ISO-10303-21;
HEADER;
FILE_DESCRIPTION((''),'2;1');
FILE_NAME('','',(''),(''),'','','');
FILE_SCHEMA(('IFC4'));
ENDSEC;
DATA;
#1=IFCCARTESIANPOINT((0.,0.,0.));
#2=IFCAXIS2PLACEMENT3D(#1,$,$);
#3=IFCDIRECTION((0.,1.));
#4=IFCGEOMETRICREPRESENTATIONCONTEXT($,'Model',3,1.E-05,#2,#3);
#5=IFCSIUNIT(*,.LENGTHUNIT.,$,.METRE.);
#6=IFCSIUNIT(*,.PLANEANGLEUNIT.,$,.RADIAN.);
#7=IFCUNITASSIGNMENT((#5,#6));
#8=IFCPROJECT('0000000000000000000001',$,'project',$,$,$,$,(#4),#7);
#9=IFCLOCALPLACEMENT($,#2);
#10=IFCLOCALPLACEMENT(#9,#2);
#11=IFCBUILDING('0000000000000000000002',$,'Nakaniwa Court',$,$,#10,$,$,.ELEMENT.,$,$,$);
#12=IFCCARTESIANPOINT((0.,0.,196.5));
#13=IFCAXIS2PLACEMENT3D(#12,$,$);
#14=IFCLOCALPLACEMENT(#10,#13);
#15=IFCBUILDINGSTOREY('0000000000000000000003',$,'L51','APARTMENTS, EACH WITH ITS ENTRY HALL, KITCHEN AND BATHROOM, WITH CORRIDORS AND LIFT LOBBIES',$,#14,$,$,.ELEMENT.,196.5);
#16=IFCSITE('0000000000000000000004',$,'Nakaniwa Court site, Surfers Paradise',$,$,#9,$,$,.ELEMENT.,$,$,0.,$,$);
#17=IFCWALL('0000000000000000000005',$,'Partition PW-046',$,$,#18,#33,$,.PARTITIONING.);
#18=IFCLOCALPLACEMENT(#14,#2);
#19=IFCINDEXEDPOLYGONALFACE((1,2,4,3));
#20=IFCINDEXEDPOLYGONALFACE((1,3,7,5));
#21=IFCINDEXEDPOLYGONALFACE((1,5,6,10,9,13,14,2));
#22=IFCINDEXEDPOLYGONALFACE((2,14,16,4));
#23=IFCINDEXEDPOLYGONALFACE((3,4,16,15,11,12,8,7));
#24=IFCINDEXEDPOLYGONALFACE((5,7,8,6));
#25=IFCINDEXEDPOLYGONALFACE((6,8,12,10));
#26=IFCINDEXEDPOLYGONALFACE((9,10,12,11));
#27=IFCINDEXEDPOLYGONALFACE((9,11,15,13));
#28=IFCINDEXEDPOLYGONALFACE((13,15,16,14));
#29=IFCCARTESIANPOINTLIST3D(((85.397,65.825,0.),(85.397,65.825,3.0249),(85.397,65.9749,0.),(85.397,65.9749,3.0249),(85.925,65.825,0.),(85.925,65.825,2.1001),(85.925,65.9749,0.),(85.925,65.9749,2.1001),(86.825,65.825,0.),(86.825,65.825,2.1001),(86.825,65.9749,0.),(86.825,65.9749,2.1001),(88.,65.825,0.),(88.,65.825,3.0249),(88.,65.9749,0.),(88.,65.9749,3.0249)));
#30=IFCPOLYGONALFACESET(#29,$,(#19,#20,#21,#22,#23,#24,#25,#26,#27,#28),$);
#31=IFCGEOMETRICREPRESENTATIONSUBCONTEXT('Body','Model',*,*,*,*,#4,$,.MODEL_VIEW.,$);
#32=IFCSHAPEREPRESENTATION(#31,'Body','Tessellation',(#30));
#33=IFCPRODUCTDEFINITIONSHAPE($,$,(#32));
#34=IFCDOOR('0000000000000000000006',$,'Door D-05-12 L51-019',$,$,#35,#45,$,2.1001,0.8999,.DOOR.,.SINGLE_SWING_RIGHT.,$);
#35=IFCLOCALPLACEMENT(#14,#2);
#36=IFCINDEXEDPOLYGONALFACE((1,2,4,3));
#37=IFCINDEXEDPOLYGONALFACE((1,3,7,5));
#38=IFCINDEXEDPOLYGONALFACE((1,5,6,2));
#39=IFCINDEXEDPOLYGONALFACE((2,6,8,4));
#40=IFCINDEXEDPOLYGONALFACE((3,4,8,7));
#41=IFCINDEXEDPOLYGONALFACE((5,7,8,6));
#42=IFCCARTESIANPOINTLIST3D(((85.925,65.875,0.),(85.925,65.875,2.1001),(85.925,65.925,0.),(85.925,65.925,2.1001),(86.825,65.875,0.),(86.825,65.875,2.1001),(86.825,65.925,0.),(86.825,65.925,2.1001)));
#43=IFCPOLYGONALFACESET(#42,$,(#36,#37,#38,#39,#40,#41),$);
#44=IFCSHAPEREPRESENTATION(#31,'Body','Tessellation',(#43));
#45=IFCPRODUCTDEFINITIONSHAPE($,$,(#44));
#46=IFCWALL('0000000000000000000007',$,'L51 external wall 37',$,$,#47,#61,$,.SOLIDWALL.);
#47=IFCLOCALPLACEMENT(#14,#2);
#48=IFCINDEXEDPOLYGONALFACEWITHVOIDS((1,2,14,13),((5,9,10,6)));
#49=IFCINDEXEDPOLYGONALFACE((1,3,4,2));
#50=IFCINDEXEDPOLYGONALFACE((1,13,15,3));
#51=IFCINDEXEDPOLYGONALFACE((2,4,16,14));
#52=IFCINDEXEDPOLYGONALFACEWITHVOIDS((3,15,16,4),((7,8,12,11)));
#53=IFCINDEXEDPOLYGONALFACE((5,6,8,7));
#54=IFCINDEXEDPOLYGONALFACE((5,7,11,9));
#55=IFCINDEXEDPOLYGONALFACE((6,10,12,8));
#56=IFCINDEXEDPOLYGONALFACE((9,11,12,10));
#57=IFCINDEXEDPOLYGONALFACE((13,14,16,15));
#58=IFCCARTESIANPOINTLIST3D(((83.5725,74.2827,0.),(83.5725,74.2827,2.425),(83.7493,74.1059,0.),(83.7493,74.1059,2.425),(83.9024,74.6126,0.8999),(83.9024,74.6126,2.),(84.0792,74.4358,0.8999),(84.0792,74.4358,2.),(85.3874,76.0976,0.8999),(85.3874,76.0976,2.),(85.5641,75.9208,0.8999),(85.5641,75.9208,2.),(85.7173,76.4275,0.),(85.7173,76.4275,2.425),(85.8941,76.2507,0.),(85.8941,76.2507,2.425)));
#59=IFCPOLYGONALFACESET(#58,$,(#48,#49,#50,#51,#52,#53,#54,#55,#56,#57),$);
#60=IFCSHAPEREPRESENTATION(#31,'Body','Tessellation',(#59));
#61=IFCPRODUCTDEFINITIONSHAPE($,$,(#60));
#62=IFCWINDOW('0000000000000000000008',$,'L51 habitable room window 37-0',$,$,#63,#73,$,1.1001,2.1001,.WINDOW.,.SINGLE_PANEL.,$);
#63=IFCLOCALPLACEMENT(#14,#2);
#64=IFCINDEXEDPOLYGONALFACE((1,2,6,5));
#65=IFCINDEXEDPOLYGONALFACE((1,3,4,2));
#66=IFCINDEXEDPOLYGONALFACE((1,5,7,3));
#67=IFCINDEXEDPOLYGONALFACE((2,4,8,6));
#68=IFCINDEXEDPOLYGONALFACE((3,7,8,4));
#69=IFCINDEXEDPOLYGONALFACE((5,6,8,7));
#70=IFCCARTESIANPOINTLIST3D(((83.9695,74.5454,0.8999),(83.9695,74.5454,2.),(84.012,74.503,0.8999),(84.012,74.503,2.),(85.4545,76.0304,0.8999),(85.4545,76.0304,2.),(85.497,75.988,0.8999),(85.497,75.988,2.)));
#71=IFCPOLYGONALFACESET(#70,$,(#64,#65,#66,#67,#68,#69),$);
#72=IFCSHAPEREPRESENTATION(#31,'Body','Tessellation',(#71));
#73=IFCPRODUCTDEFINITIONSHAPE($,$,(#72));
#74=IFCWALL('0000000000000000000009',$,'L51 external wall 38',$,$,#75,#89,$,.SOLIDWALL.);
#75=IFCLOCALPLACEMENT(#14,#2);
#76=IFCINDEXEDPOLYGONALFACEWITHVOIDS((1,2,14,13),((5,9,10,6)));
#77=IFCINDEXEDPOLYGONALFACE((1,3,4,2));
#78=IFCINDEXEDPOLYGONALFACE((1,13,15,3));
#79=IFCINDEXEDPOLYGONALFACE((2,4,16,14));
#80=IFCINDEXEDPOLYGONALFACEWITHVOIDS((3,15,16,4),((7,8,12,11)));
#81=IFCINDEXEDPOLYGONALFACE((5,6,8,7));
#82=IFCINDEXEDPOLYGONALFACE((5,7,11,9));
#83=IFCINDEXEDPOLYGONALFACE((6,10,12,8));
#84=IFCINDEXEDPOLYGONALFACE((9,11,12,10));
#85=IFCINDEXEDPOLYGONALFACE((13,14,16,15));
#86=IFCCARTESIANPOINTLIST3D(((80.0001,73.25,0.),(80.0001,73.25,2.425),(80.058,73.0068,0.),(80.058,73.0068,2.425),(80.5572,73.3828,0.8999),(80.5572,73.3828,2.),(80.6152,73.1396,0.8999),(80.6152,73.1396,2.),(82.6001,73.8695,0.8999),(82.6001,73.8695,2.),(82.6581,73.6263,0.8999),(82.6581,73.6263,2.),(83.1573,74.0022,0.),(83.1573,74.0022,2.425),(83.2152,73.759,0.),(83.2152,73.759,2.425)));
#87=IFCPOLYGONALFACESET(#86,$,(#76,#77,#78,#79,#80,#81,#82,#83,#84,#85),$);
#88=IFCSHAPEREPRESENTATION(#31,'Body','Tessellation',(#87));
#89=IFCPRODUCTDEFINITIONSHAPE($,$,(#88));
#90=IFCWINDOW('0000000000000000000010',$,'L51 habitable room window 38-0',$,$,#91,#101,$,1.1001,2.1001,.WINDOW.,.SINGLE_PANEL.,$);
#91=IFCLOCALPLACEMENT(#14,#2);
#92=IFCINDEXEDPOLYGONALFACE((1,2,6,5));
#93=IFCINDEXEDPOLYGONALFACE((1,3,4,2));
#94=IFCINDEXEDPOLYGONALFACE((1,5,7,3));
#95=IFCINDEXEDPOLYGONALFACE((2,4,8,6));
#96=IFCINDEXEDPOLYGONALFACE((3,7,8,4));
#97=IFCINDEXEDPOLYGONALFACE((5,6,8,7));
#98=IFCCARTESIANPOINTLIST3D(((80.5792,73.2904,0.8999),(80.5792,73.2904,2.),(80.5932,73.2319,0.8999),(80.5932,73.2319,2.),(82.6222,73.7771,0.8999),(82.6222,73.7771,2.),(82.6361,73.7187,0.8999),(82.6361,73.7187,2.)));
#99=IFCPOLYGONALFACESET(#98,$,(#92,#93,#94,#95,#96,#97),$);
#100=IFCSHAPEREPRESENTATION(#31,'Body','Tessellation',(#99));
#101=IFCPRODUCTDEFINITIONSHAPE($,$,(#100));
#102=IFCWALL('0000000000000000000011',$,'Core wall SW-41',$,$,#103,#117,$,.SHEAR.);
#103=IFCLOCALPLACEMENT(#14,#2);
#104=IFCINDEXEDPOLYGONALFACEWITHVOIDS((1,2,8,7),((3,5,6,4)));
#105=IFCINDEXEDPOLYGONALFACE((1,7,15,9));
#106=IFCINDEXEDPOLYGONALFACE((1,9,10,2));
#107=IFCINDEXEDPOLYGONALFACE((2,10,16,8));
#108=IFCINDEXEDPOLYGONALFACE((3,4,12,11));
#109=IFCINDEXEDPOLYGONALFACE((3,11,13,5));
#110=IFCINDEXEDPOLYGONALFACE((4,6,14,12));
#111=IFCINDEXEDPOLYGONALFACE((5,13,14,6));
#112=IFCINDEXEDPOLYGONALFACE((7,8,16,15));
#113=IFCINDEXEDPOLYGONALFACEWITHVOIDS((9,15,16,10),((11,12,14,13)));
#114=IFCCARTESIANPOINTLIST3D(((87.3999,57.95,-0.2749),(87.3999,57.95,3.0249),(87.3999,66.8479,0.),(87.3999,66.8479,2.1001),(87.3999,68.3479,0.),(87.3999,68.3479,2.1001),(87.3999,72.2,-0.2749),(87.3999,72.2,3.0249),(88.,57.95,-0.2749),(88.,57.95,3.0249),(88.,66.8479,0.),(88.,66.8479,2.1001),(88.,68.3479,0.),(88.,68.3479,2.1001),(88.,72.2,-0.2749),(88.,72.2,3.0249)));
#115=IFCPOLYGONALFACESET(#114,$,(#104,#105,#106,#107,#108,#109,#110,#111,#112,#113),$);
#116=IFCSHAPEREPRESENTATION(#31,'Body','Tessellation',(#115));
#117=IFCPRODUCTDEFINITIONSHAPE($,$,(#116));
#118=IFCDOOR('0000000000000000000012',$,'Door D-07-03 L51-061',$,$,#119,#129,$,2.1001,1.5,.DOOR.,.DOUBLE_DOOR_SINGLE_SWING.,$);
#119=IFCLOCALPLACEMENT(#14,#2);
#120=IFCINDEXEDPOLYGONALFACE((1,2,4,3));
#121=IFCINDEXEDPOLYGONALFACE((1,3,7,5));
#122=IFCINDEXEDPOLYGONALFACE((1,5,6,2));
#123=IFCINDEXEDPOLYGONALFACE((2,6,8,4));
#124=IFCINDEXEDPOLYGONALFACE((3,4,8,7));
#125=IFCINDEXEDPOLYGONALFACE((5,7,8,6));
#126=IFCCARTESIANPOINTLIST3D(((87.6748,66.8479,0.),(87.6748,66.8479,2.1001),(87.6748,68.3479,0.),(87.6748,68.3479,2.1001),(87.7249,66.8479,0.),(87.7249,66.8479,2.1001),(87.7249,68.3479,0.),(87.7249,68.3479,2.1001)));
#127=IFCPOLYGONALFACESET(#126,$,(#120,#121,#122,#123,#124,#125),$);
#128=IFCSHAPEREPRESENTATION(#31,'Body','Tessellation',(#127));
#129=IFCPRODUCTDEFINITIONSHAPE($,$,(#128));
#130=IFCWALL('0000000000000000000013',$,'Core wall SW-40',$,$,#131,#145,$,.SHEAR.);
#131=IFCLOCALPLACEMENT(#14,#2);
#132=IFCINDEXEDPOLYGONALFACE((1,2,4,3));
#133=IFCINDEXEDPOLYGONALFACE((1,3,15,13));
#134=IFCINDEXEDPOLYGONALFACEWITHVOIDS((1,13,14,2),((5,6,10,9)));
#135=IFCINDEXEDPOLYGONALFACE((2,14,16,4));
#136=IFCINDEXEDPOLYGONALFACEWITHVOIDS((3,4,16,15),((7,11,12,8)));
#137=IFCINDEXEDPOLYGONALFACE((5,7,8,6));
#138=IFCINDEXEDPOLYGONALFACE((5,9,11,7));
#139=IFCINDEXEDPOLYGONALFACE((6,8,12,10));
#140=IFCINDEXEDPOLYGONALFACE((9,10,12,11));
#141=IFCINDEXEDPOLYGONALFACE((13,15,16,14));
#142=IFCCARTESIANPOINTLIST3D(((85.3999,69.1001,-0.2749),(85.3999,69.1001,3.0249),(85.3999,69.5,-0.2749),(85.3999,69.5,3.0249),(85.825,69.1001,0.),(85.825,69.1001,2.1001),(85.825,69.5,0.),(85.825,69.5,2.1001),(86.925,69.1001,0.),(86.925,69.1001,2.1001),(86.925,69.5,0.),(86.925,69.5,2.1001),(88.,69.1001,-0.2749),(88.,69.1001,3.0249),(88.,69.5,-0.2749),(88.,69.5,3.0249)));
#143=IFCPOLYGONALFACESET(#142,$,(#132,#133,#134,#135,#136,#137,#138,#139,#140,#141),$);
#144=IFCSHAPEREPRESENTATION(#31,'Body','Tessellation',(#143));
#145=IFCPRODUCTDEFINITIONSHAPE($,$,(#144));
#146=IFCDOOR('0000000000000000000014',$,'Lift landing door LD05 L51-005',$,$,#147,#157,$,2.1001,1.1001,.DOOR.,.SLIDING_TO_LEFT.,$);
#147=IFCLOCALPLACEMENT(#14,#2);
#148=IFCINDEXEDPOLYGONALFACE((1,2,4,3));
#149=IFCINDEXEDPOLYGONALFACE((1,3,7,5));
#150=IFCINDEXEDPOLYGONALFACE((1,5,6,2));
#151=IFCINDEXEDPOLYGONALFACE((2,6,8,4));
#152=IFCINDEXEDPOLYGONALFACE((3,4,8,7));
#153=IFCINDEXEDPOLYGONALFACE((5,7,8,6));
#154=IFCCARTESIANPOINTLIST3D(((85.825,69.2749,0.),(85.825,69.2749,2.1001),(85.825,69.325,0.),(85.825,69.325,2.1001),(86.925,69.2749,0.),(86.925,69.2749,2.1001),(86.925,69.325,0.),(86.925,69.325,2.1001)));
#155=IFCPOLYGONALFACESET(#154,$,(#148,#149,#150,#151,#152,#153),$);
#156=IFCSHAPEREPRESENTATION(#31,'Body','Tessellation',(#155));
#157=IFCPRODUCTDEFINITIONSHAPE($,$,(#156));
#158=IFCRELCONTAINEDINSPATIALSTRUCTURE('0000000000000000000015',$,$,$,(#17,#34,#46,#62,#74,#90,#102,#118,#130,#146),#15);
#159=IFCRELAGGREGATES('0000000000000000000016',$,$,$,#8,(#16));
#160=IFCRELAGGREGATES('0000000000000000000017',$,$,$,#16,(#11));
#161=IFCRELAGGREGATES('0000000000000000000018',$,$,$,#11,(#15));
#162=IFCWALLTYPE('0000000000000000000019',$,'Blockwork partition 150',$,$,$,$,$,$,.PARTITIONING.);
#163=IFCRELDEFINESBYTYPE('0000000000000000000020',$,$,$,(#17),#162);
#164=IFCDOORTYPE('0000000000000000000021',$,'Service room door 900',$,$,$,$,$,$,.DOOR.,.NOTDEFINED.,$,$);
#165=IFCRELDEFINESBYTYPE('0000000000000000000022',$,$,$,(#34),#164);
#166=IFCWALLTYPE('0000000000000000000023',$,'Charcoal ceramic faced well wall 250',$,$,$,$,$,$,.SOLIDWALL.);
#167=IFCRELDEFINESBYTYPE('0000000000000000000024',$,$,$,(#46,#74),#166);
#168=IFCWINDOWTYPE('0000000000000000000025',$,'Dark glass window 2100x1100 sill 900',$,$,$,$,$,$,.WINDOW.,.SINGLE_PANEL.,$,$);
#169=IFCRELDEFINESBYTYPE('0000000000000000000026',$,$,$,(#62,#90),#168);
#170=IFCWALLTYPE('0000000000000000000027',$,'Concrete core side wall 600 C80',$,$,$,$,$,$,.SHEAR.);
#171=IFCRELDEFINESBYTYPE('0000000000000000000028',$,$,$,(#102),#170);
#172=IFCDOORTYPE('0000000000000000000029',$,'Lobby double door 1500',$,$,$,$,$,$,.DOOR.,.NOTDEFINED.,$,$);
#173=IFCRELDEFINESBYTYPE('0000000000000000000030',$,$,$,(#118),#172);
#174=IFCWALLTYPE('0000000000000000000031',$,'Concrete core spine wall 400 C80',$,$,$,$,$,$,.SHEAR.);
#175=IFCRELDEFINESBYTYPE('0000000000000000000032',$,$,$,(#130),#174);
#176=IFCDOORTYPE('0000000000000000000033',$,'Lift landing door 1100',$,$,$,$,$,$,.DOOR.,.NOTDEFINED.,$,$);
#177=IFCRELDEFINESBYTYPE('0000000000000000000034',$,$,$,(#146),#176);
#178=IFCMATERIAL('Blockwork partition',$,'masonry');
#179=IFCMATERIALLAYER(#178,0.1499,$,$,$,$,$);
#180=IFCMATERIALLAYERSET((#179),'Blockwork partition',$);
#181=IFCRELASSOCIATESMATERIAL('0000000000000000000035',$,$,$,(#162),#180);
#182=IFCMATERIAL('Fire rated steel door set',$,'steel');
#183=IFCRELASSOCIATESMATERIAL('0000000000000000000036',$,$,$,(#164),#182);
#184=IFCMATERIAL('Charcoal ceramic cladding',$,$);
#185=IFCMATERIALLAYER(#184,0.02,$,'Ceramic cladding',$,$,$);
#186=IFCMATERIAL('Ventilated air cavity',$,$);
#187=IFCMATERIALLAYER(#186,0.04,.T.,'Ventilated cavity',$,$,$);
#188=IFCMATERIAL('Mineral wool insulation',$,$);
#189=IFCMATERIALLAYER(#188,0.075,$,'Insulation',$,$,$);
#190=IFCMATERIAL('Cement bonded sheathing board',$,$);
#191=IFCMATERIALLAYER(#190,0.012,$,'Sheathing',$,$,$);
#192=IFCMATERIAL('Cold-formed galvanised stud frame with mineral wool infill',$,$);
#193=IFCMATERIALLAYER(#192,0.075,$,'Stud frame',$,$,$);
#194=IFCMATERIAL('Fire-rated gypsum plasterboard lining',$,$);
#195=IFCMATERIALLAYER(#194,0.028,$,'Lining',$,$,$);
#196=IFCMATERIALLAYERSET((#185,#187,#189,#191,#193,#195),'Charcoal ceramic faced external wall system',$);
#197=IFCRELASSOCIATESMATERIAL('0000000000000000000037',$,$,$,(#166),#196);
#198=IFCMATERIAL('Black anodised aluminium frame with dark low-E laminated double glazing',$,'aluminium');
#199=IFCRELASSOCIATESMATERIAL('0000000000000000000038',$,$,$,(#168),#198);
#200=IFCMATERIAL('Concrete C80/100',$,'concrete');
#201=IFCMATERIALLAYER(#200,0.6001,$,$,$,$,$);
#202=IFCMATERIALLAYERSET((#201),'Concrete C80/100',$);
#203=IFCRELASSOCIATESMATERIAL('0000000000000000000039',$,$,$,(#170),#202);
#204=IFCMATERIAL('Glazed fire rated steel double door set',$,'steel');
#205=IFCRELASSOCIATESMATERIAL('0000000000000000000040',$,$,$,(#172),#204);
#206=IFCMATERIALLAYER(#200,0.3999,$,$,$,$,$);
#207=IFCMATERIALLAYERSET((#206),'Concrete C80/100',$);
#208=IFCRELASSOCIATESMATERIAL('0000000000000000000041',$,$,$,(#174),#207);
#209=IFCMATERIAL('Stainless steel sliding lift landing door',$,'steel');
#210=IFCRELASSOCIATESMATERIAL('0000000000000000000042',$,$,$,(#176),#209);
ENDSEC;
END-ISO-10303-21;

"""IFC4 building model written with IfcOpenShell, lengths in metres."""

from ifc_helpers import new_model, si_unit, direction, frame, frame_2d, origin, place, context, subcontext, project, spatial, rectangle, extrude, material, layer, layer_set, type_object, element, fill, save


model = new_model("IFC4")

# Units and contexts
model_context = context("Model", 3, precision=1e-05, world=origin(), true_north=direction((0.0, 1.0)))
body_context = subcontext(model_context, "Body", "Model", "MODEL_VIEW")
ifc_project = project(units=[si_unit("LENGTHUNIT", "METRE"), si_unit("PLANEANGLEUNIT", "RADIAN")], contexts=[model_context])

# Site, building, storey
site_placement = place(None, origin())
site = spatial("IfcSite", under=ifc_project, at=site_placement, Name="Nakaniwa Court site, Surfers Paradise", CompositionType="ELEMENT", RefElevation=0.0)
building_placement = place(site_placement, origin())
building = spatial("IfcBuilding", under=site, at=building_placement, Name="Nakaniwa Court", CompositionType="ELEMENT")
storey_placement = place(building_placement, frame((0.0, 0.0, 196.5)))
storey = spatial("IfcBuildingStorey", under=building, at=storey_placement, Name="L51", Description="APARTMENTS, EACH WITH ITS ENTRY HALL, KITCHEN AND BATHROOM, WITH CORRIDORS AND LIFT LOBBIES", CompositionType="ELEMENT", Elevation=196.5)

# Shared definitions
ifc_material_1 = material(Name="Concrete C80/100", Category="concrete")

# Shared definitions
ifc_material_2 = material(Name="Blockwork partition", Category="masonry")
ifc_layer_1 = layer(ifc_material_2, 0.1499)
ifc_layer_set_1 = layer_set([ifc_layer_1], Name="Blockwork partition")
wall_type_1 = type_object("IfcWallType", Name="Blockwork partition 150", PredefinedType="PARTITIONING", material=ifc_layer_set_1)

# Wall, opening, door
wall_1_placement = place(storey_placement, frame((88.0, 65.8999, 0.0), z_axis=(0.0, 0.0, 1.0), x_axis=(-1.0, 0.0, 0.0)))
wall_1 = element("IfcWall", 1, at=wall_1_placement, inside=storey, type_object=wall_type_1, Name="Partition PW-046", PredefinedType="PARTITIONING", context=body_context, shape_type="SweptSolid", body=[
    extrude(rectangle(XDim=2.603, YDim=0.1499, at=frame_2d((1.3015, 0.0))), origin(), (0.0, 0.0, 1.0), 3.0249),
])
opening_1_placement = place(wall_1_placement, frame((1.175, 0.0, 0.0)))
opening_1 = element("IfcOpeningElement", 2, at=opening_1_placement, cuts=wall_1, PredefinedType="OPENING", context=body_context, shape_type="SweptSolid", body=[
    extrude(rectangle(XDim=0.8999, YDim=2.1001, at=frame_2d((0.45, 1.05))), frame((0.0, 0.085, 0.0), z_axis=(0.0, -1.0, 0.0), x_axis=(1.0, 0.0, 0.0)), (0.0, 0.0, 1.0), 0.1699),
])
ifc_material_3 = material(Name="Fire rated steel door set", Category="steel")
door_type_1 = type_object("IfcDoorType", Name="Service room door 900", OperationType="NOTDEFINED", PredefinedType="DOOR", material=ifc_material_3)
door_1_placement = place(opening_1_placement, origin())
door_1 = element("IfcDoor", 3, at=door_1_placement, inside=storey, type_object=door_type_1, Name="Door D-05-12 L51-019", OperationType="SINGLE_SWING_RIGHT", OverallHeight=2.1001, OverallWidth=0.8999, PredefinedType="DOOR", context=body_context, shape_type="SweptSolid", body=[
    extrude(rectangle(XDim=0.8999, YDim=2.1001, at=frame_2d((0.45, 1.05))), frame((0.0, 0.0249, 0.0), z_axis=(0.0, -1.0, 0.0), x_axis=(1.0, 0.0, 0.0)), (0.0, 0.0, 1.0), 0.05),
])
fill(opening_1, door_1)

# Walls, openings, windows
ifc_material_4 = material(Name="Charcoal ceramic cladding")
ifc_layer_2 = layer(ifc_material_4, 0.02, Name="Ceramic cladding")
ifc_material_5 = material(Name="Ventilated air cavity")
ifc_layer_3 = layer(ifc_material_5, 0.04, ventilated=True, Name="Ventilated cavity")
ifc_material_6 = material(Name="Mineral wool insulation")
ifc_layer_4 = layer(ifc_material_6, 0.075, Name="Insulation")
ifc_material_7 = material(Name="Cement bonded sheathing board")
ifc_layer_5 = layer(ifc_material_7, 0.012, Name="Sheathing")
ifc_material_8 = material(Name="Cold-formed galvanised stud frame with mineral wool infill")
ifc_layer_6 = layer(ifc_material_8, 0.075, Name="Stud frame")
ifc_material_9 = material(Name="Fire-rated gypsum plasterboard lining")
ifc_layer_7 = layer(ifc_material_9, 0.028, Name="Lining")
ifc_layer_set_2 = layer_set([ifc_layer_2, ifc_layer_3, ifc_layer_4, ifc_layer_5, ifc_layer_6, ifc_layer_7], Name="Charcoal ceramic faced external wall system")
wall_type_2 = type_object("IfcWallType", Name="Charcoal ceramic faced well wall 250", PredefinedType="SOLIDWALL", material=ifc_layer_set_2)
wall_2_placement = place(storey_placement, frame((85.8057, 76.3391, 0.0), z_axis=(0.0, 0.0, 1.0), x_axis=(-0.707107, -0.707107, 0.0)))
wall_2 = element("IfcWall", 4, at=wall_2_placement, inside=storey, type_object=wall_type_2, Name="L51 external wall 37", PredefinedType="SOLIDWALL", context=body_context, shape_type="SweptSolid", body=[
    extrude(rectangle(XDim=3.0332, YDim=0.25, at=frame_2d((1.5166, 0.0))), origin(), (0.0, 0.0, 1.0), 2.425),
])
opening_2_placement = place(wall_2_placement, frame((0.4666, 0.0, 0.8999)))
opening_2 = element("IfcOpeningElement", 5, at=opening_2_placement, cuts=wall_2, PredefinedType="OPENING", context=body_context, shape_type="SweptSolid", body=[
    extrude(rectangle(XDim=2.1001, YDim=1.1001, at=frame_2d((1.05, 0.55))), frame((0.0, 0.135, 0.0), z_axis=(0.0, -1.0, 0.0), x_axis=(1.0, 0.0, 0.0)), (0.0, 0.0, 1.0), 0.27),
])
ifc_material_10 = material(Name="Black anodised aluminium frame with dark low-E laminated double glazing", Category="aluminium")
window_type = type_object("IfcWindowType", Name="Dark glass window 2100x1100 sill 900", PartitioningType="SINGLE_PANEL", PredefinedType="WINDOW", material=ifc_material_10)
window_1_placement = place(opening_2_placement, origin())
window_1 = element("IfcWindow", 6, at=window_1_placement, inside=storey, type_object=window_type, Name="L51 habitable room window 37-0", OverallHeight=1.1001, OverallWidth=2.1001, PartitioningType="SINGLE_PANEL", PredefinedType="WINDOW", context=body_context, shape_type="SweptSolid", body=[
    extrude(rectangle(XDim=2.1001, YDim=1.1001, at=frame_2d((1.05, 0.55))), frame((0.0, 0.03, 0.0), z_axis=(0.0, -1.0, 0.0), x_axis=(1.0, 0.0, 0.0)), (0.0, 0.0, 1.0), 0.0601),
])
fill(opening_2, window_1)
wall_3_placement = place(storey_placement, frame((83.1863, 73.8806, 0.0), z_axis=(0.0, 0.0, 1.0), x_axis=(-0.972773, -0.23176, 0.0)))
wall_3 = element("IfcWall", 7, at=wall_3_placement, inside=storey, type_object=wall_type_2, Name="L51 external wall 38", PredefinedType="SOLIDWALL", context=body_context, shape_type="SweptSolid", body=[
    extrude(rectangle(XDim=3.2456, YDim=0.25, at=frame_2d((1.6228, 0.0))), origin(), (0.0, 0.0, 1.0), 2.425),
])
opening_3_placement = place(wall_3_placement, frame((0.5728, 0.0, 0.8999)))
opening_3 = element("IfcOpeningElement", 8, at=opening_3_placement, cuts=wall_3, PredefinedType="OPENING", context=body_context, shape_type="SweptSolid", body=[
    extrude(rectangle(XDim=2.1001, YDim=1.1001, at=frame_2d((1.05, 0.55))), frame((0.0, 0.135, 0.0), z_axis=(0.0, -1.0, 0.0), x_axis=(1.0, 0.0, 0.0)), (0.0, 0.0, 1.0), 0.27),
])
window_2_placement = place(opening_3_placement, origin())
window_2 = element("IfcWindow", 9, at=window_2_placement, inside=storey, type_object=window_type, Name="L51 habitable room window 38-0", OverallHeight=1.1001, OverallWidth=2.1001, PartitioningType="SINGLE_PANEL", PredefinedType="WINDOW", context=body_context, shape_type="SweptSolid", body=[
    extrude(rectangle(XDim=2.1001, YDim=1.1001, at=frame_2d((1.05, 0.55))), frame((0.0, 0.03, 0.0), z_axis=(0.0, -1.0, 0.0), x_axis=(1.0, 0.0, 0.0)), (0.0, 0.0, 1.0), 0.0601),
])
fill(opening_3, window_2)

# Walls, openings, doors
ifc_layer_8 = layer(ifc_material_1, 0.6001)
ifc_layer_set_3 = layer_set([ifc_layer_8], Name="Concrete C80/100")
wall_type_3 = type_object("IfcWallType", Name="Concrete core side wall 600 C80", PredefinedType="SHEAR", material=ifc_layer_set_3)
wall_4_placement = place(storey_placement, frame((87.7, 72.2, -0.2749), z_axis=(0.0, 0.0, 1.0), x_axis=(0.0, -1.0, 0.0)))
wall_4 = element("IfcWall", 10, at=wall_4_placement, inside=storey, type_object=wall_type_3, Name="Core wall SW-41", PredefinedType="SHEAR", context=body_context, shape_type="SweptSolid", body=[
    extrude(rectangle(XDim=14.25, YDim=0.6001, at=frame_2d((7.125, 0.0))), origin(), (0.0, 0.0, 1.0), 3.2998),
])
opening_4_placement = place(wall_4_placement, frame((3.8521, 0.0, 0.2749)))
opening_4 = element("IfcOpeningElement", 11, at=opening_4_placement, cuts=wall_4, PredefinedType="OPENING", context=body_context, shape_type="SweptSolid", body=[
    extrude(rectangle(XDim=1.5, YDim=2.1001, at=frame_2d((0.75, 1.05))), frame((0.0, 0.3101, 0.0), z_axis=(0.0, -1.0, 0.0), x_axis=(1.0, 0.0, 0.0)), (0.0, 0.0, 1.0), 0.6201),
])
ifc_material_11 = material(Name="Glazed fire rated steel double door set", Category="steel")
door_type_2 = type_object("IfcDoorType", Name="Lobby double door 1500", OperationType="NOTDEFINED", PredefinedType="DOOR", material=ifc_material_11)
door_2_placement = place(opening_4_placement, origin())
door_2 = element("IfcDoor", 12, at=door_2_placement, inside=storey, type_object=door_type_2, Name="Door D-07-03 L51-061", OperationType="DOUBLE_DOOR_SINGLE_SWING", OverallHeight=2.1001, OverallWidth=1.5, PredefinedType="DOOR", context=body_context, shape_type="SweptSolid", body=[
    extrude(rectangle(XDim=1.5, YDim=2.1001, at=frame_2d((0.75, 1.05))), frame((0.0, 0.0249, 0.0), z_axis=(0.0, -1.0, 0.0), x_axis=(1.0, 0.0, 0.0)), (0.0, 0.0, 1.0), 0.05),
])
fill(opening_4, door_2)
ifc_layer_9 = layer(ifc_material_1, 0.3999)
ifc_layer_set_4 = layer_set([ifc_layer_9], Name="Concrete C80/100")
wall_type_4 = type_object("IfcWallType", Name="Concrete core spine wall 400 C80", PredefinedType="SHEAR", material=ifc_layer_set_4)
wall_5_placement = place(storey_placement, frame((85.3999, 69.3, -0.2749), z_axis=(0.0, 0.0, 1.0), x_axis=(1.0, 0.0, 0.0)))
wall_5 = element("IfcWall", 13, at=wall_5_placement, inside=storey, type_object=wall_type_4, Name="Core wall SW-40", PredefinedType="SHEAR", context=body_context, shape_type="SweptSolid", body=[
    extrude(rectangle(XDim=2.6001, YDim=0.3999, at=frame_2d((1.3, 0.0))), origin(), (0.0, 0.0, 1.0), 3.2998),
])
opening_5_placement = place(wall_5_placement, frame((0.425, 0.0, 0.2749)))
opening_5 = element("IfcOpeningElement", 14, at=opening_5_placement, cuts=wall_5, PredefinedType="OPENING", context=body_context, shape_type="SweptSolid", body=[
    extrude(rectangle(XDim=1.1001, YDim=2.1001, at=frame_2d((0.55, 1.05))), frame((0.0, 0.21, 0.0), z_axis=(0.0, -1.0, 0.0), x_axis=(1.0, 0.0, 0.0)), (0.0, 0.0, 1.0), 0.4199),
])
ifc_material_12 = material(Name="Stainless steel sliding lift landing door", Category="steel")
door_type_3 = type_object("IfcDoorType", Name="Lift landing door 1100", OperationType="NOTDEFINED", PredefinedType="DOOR", material=ifc_material_12)
door_3_placement = place(opening_5_placement, origin())
door_3 = element("IfcDoor", 15, at=door_3_placement, inside=storey, type_object=door_type_3, Name="Lift landing door LD05 L51-005", OperationType="SLIDING_TO_LEFT", OverallHeight=2.1001, OverallWidth=1.1001, PredefinedType="DOOR", context=body_context, shape_type="SweptSolid", body=[
    extrude(rectangle(XDim=1.1001, YDim=2.1001, at=frame_2d((0.55, 1.05))), frame((0.0, 0.0249, 0.0), z_axis=(0.0, -1.0, 0.0), x_axis=(1.0, 0.0, 0.0)), (0.0, 0.0, 1.0), 0.05),
])
fill(opening_5, door_3)

save(model, "model.ifc")
